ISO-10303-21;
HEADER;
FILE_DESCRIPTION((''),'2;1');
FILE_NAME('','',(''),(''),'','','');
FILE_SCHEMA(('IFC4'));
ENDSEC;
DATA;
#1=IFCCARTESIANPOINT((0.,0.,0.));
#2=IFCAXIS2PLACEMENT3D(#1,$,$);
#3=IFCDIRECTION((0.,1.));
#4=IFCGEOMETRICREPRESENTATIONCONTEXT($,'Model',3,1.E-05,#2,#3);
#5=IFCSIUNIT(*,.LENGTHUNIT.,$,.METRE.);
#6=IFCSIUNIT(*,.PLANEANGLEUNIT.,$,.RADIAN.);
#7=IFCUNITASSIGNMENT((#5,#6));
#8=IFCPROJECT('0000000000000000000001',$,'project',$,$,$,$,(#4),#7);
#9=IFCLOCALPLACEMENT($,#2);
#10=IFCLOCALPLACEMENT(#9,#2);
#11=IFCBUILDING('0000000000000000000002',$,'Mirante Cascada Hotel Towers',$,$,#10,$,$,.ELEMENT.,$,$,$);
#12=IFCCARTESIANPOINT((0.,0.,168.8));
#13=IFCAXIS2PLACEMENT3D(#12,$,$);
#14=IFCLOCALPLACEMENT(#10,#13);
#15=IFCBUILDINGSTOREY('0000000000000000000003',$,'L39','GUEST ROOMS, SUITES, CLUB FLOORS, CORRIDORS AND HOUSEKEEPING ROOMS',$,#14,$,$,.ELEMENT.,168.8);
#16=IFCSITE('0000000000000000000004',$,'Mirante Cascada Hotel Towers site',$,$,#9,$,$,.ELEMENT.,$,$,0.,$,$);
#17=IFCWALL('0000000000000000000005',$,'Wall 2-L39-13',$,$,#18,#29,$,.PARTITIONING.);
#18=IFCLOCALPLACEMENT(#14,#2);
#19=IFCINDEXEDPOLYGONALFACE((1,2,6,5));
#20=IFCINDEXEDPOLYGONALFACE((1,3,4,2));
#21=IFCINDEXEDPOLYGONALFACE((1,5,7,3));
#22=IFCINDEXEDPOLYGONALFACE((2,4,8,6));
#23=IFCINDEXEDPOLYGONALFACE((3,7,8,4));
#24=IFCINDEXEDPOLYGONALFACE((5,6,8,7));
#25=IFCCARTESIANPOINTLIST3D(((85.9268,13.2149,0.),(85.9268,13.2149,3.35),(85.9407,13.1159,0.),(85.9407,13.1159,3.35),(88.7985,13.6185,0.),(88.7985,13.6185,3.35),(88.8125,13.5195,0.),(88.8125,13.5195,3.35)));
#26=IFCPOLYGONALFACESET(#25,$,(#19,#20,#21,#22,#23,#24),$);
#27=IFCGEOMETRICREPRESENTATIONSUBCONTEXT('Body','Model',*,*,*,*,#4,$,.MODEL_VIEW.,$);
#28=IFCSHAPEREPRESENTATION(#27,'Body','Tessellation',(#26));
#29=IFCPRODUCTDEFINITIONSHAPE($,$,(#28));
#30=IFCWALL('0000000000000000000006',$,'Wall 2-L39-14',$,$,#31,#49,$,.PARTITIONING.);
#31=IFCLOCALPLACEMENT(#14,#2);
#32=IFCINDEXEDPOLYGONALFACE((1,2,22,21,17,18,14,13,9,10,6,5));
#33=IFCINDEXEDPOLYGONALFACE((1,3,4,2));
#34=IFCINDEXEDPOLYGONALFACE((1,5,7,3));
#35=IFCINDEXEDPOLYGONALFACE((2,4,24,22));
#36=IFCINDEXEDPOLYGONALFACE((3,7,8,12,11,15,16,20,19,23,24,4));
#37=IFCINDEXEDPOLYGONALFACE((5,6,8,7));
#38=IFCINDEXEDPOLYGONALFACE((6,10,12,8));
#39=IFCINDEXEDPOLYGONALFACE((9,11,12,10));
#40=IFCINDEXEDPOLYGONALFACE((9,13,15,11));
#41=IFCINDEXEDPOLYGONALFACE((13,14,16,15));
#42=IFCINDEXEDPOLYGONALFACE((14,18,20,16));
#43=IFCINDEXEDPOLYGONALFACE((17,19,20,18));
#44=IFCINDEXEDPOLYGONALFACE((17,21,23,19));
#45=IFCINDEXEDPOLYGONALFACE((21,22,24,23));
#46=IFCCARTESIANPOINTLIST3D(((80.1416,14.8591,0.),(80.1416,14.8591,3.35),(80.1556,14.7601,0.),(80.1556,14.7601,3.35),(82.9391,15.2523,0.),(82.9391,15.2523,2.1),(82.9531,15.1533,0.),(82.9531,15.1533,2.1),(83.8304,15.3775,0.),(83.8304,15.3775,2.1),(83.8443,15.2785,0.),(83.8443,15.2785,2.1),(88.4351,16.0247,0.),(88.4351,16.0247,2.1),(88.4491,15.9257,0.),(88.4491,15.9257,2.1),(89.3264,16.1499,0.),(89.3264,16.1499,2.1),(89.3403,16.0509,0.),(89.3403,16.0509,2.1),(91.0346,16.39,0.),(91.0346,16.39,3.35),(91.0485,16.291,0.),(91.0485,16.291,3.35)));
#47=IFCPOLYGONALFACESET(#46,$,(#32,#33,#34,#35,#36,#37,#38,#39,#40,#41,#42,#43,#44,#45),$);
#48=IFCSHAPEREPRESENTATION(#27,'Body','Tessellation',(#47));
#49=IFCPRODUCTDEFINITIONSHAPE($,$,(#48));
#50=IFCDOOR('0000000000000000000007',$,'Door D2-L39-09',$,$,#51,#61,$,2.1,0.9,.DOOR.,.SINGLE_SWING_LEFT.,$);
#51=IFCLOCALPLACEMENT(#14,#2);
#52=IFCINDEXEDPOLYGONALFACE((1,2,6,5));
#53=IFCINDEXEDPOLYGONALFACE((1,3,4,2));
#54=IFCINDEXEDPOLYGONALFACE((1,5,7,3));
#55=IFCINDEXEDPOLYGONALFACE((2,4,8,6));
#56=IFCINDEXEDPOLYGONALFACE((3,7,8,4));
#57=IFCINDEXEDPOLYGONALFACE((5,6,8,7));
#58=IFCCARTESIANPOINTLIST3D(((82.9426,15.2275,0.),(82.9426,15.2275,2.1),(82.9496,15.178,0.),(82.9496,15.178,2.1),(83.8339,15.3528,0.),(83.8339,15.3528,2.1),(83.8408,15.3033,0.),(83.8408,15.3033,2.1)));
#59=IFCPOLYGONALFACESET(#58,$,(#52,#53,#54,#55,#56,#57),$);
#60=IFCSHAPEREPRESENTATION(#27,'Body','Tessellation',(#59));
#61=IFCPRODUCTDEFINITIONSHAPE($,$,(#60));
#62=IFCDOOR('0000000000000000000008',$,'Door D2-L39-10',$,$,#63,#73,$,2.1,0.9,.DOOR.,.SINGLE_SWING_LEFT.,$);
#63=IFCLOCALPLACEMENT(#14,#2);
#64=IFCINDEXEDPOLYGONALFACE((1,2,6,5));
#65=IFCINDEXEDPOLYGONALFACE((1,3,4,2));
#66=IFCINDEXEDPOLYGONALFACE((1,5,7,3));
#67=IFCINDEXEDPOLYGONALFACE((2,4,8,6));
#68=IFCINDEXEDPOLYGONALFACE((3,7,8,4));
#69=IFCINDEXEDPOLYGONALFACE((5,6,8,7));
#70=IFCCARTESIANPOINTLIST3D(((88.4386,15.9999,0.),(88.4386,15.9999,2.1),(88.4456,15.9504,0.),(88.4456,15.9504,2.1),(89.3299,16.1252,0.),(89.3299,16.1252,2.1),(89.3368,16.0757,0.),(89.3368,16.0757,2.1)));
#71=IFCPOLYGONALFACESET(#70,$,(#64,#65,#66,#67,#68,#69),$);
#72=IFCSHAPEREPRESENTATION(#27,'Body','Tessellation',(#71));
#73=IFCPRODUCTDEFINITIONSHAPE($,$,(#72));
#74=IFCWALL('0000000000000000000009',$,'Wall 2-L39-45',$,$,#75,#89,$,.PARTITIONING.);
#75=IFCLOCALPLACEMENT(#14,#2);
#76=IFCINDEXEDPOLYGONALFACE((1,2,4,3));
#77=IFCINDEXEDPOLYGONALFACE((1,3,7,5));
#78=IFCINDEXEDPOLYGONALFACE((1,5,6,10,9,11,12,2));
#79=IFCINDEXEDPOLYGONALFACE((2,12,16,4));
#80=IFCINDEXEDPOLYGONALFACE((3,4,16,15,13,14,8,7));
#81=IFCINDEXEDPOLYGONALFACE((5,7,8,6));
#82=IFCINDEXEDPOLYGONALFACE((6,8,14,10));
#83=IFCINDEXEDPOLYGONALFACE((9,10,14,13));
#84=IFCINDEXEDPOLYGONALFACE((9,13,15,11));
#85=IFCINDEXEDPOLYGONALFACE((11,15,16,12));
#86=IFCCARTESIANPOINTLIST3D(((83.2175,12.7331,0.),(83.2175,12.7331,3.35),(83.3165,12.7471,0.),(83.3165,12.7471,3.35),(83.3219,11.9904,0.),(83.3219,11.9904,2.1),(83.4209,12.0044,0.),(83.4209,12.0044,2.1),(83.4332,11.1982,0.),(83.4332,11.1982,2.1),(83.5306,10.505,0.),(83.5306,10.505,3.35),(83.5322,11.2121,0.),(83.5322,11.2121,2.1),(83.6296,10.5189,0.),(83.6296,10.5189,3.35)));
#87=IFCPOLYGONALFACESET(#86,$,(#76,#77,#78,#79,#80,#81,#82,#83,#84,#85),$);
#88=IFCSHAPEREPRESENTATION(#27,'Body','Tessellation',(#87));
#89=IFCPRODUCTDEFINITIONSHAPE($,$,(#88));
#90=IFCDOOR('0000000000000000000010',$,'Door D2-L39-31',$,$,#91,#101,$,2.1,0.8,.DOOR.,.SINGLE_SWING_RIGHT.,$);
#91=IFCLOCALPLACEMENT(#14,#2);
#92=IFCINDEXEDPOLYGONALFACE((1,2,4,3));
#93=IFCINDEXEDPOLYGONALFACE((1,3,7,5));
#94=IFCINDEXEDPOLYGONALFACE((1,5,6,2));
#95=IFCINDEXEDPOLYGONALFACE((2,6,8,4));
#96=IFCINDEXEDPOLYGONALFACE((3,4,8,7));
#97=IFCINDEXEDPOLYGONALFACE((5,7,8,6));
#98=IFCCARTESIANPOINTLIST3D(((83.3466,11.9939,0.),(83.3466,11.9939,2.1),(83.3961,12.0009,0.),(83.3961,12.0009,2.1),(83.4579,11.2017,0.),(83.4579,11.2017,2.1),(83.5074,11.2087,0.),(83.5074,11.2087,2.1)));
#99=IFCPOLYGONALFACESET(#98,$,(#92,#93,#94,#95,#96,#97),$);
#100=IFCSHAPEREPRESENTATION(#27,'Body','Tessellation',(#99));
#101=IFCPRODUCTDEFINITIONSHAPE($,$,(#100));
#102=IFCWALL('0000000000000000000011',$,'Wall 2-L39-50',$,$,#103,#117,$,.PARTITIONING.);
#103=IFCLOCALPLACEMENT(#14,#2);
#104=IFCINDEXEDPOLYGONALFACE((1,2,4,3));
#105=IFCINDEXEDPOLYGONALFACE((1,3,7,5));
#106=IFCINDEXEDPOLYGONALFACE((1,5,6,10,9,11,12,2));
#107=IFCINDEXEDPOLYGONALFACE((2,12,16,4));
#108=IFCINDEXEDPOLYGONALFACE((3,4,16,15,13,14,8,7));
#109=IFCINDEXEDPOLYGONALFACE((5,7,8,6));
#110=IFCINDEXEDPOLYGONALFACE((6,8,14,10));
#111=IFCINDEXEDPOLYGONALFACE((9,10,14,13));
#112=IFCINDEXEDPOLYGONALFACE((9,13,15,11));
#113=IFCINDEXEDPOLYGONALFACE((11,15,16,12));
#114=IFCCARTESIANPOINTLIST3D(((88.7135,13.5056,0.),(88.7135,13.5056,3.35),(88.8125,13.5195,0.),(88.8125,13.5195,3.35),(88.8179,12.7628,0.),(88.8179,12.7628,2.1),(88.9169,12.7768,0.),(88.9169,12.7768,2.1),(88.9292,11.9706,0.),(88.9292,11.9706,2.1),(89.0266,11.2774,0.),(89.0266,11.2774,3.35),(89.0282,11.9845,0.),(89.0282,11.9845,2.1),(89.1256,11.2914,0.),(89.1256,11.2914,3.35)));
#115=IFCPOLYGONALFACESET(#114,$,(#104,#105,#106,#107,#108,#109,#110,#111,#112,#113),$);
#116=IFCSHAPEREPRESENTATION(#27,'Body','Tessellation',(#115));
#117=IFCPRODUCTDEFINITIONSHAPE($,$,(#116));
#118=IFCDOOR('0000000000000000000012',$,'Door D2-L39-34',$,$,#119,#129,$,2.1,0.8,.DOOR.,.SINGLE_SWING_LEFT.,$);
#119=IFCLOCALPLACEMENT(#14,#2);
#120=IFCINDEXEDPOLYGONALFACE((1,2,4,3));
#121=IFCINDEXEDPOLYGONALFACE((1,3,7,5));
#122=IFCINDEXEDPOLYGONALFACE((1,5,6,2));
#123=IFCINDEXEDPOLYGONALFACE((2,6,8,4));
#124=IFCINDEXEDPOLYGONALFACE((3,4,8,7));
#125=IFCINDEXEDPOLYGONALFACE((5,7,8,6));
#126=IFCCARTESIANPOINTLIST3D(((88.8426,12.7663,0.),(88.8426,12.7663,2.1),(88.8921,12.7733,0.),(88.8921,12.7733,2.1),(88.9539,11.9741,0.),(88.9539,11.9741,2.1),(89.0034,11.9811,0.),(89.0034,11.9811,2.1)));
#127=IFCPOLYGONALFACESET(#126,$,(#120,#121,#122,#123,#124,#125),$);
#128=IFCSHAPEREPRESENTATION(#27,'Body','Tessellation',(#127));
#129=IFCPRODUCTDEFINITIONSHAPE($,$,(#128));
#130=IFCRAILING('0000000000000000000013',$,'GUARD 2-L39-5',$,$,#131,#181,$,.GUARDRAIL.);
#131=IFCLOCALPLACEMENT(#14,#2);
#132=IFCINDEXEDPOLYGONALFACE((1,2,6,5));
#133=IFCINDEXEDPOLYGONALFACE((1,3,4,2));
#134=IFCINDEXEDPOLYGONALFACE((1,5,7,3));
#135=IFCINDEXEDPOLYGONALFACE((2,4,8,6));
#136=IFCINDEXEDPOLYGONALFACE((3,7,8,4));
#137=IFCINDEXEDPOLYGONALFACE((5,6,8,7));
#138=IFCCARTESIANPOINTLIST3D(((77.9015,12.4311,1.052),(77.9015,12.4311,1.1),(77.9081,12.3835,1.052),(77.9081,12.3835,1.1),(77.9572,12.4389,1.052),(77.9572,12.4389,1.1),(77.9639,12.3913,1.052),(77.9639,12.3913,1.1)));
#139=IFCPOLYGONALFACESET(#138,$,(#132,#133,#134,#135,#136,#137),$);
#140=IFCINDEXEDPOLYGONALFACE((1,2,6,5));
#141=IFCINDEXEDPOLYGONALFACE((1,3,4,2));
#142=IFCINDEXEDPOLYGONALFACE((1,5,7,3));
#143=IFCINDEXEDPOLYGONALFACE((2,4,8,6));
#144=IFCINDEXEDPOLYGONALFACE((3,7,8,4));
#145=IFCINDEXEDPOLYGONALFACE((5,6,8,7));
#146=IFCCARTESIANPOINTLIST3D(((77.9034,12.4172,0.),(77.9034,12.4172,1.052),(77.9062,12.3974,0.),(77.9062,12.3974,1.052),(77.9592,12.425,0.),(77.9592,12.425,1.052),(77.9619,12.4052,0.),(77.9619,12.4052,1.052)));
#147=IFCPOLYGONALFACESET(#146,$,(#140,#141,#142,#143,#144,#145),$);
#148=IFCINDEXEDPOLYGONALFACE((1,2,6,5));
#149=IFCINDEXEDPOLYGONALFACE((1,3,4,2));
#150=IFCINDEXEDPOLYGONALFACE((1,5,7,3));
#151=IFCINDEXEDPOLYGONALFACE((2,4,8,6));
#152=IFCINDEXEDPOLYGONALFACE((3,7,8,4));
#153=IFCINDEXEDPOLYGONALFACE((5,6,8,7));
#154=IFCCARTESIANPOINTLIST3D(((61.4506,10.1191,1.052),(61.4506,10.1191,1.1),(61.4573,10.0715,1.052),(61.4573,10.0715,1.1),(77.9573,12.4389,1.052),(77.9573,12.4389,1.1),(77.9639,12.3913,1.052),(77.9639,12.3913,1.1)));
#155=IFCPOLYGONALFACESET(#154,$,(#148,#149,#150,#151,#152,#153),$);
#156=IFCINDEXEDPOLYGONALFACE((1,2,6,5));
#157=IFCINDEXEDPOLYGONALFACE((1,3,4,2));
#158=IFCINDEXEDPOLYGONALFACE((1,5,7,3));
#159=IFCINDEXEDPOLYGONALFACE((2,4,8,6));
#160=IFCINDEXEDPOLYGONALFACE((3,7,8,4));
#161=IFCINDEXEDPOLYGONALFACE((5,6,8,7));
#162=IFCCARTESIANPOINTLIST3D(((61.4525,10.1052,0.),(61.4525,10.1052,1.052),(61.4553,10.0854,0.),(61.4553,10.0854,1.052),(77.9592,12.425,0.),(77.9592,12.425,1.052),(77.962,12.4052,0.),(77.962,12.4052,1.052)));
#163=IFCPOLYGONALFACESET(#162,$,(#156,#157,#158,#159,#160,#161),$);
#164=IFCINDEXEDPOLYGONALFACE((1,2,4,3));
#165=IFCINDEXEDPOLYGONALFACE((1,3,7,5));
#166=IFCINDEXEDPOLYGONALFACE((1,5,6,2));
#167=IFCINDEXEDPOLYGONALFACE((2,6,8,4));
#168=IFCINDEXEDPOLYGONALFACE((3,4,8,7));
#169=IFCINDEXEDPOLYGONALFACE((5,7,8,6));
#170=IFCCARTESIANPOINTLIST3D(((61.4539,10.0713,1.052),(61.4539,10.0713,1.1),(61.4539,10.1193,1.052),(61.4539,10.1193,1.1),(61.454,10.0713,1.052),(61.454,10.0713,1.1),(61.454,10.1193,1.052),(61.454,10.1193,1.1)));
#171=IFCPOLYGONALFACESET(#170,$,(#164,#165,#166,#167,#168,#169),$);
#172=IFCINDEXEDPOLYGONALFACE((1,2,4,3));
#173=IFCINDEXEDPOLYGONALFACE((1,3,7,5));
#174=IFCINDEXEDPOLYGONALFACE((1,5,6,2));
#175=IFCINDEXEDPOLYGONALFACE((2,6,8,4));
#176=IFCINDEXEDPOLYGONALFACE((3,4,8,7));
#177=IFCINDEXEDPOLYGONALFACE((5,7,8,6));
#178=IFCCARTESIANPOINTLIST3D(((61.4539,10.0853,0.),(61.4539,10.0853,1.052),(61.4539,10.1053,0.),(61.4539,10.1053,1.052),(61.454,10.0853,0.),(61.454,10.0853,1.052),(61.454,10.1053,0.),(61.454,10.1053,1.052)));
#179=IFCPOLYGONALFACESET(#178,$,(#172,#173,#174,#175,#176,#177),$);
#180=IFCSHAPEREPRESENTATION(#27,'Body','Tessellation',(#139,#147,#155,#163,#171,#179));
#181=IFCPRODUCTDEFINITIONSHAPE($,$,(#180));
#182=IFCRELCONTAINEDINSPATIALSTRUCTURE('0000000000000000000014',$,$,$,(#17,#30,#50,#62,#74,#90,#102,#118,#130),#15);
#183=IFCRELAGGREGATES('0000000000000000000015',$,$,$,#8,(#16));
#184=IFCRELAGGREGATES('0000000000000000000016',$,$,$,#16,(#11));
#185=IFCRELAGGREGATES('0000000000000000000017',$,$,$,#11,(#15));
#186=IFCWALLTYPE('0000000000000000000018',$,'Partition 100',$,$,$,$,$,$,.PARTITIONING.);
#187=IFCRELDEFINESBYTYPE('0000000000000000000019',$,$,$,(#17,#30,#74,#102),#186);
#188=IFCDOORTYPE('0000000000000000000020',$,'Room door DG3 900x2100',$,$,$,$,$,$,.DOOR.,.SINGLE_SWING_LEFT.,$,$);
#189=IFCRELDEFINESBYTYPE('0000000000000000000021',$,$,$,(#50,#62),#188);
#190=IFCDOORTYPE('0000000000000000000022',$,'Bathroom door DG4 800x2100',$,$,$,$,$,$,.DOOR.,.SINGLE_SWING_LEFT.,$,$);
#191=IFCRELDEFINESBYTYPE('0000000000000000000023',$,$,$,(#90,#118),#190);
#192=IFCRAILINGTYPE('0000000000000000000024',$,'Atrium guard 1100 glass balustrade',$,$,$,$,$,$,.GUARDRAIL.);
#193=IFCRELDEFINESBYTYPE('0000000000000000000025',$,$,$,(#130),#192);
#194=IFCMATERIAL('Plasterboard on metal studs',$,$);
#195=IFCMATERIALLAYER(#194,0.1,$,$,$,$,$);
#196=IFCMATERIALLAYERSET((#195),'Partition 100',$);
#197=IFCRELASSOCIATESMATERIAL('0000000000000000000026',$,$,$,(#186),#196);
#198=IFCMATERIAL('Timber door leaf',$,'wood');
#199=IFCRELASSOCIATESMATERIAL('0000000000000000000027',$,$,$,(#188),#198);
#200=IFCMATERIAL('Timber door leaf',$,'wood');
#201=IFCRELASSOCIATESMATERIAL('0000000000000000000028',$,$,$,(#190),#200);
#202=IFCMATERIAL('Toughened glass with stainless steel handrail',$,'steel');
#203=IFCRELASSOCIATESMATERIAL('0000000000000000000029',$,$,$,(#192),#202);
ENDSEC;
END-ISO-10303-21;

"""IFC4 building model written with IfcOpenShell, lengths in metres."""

from ifc_helpers import new_model, si_unit, direction, frame, frame_2d, origin, origin_2d, place, context, subcontext, project, spatial, rectangle, extrude, material, layer, layer_set, type_object, element, fill, save


model = new_model("IFC4")

# Units and contexts
model_context = context("Model", 3, precision=1e-05, world=origin(), true_north=direction((0.0, 1.0)))
body_context = subcontext(model_context, "Body", "Model", "MODEL_VIEW")
ifc_project = project(units=[si_unit("LENGTHUNIT", "METRE"), si_unit("PLANEANGLEUNIT", "RADIAN")], contexts=[model_context])

# Site, building, storey
site_placement = place(None, origin())
site = spatial("IfcSite", under=ifc_project, at=site_placement, Name="Mirante Cascada Hotel Towers site", CompositionType="ELEMENT", RefElevation=0.0)
building_placement = place(site_placement, origin())
building = spatial("IfcBuilding", under=site, at=building_placement, Name="Mirante Cascada Hotel Towers", CompositionType="ELEMENT")
storey_placement = place(building_placement, frame((0.0, 0.0, 168.8)))
storey = spatial("IfcBuildingStorey", under=building, at=storey_placement, Name="L39", Description="GUEST ROOMS, SUITES, CLUB FLOORS, CORRIDORS AND HOUSEKEEPING ROOMS", CompositionType="ELEMENT", Elevation=168.8)

# Wall
ifc_material_1 = material(Name="Plasterboard on metal studs")
ifc_layer_1 = layer(ifc_material_1, 0.1)
ifc_layer_set_1 = layer_set([ifc_layer_1], Name="Partition 100")
wall_type_1 = type_object("IfcWallType", Name="Partition 100", PredefinedType="PARTITIONING", material=ifc_layer_set_1)
wall_1_placement = place(storey_placement, frame((88.8055, 13.569, 0.0), z_axis=(0.0, 0.0, 1.0), x_axis=(-0.990268, -0.139171, 0.0)))
element("IfcWall", 1, at=wall_1_placement, inside=storey, type_object=wall_type_1, Name="Wall 2-L39-13", PredefinedType="PARTITIONING", context=body_context, shape_type="SweptSolid", body=[
    extrude(rectangle(XDim=2.9, YDim=0.1, at=frame_2d((1.45, 0.0))), origin(), (0.0, 0.0, 1.0), 3.35),
])

# Wall, openings, doors
wall_2_placement = place(storey_placement, frame((80.1486, 14.8096, 0.0), z_axis=(0.0, 0.0, 1.0), x_axis=(0.990268, 0.139173, 0.0)))
wall_2 = element("IfcWall", 2, at=wall_2_placement, inside=storey, type_object=wall_type_1, Name="Wall 2-L39-14", PredefinedType="PARTITIONING", context=body_context, shape_type="SweptSolid", body=[
    extrude(rectangle(XDim=11.0, YDim=0.1, at=frame_2d((5.5, 0.0))), origin(), (0.0, 0.0, 1.0), 3.35),
])
opening_1_placement = place(wall_2_placement, frame((2.825, 0.0, 0.0)))
opening_1 = element("IfcOpeningElement", 3, at=opening_1_placement, cuts=wall_2, PredefinedType="OPENING", context=body_context, shape_type="SweptSolid", body=[
    extrude(rectangle(XDim=0.9, YDim=2.1, at=frame_2d((0.45, 1.05))), frame((0.0, 0.05, 0.0), z_axis=(0.0, -1.0, 0.0), x_axis=(1.0, 0.0, 0.0)), (0.0, 0.0, 1.0), 0.1),
])
opening_2_placement = place(wall_2_placement, frame((8.375, 0.0, 0.0)))
opening_2 = element("IfcOpeningElement", 4, at=opening_2_placement, cuts=wall_2, PredefinedType="OPENING", context=body_context, shape_type="SweptSolid", body=[
    extrude(rectangle(XDim=0.9, YDim=2.1, at=frame_2d((0.45, 1.05))), frame((0.0, 0.05, 0.0), z_axis=(0.0, -1.0, 0.0), x_axis=(1.0, 0.0, 0.0)), (0.0, 0.0, 1.0), 0.1),
])
ifc_material_2 = material(Name="Timber door leaf", Category="wood")
door_type_1 = type_object("IfcDoorType", Name="Room door DG3 900x2100", OperationType="SINGLE_SWING_LEFT", PredefinedType="DOOR", material=ifc_material_2)
door_1_placement = place(opening_1_placement, origin())
door_1 = element("IfcDoor", 5, at=door_1_placement, inside=storey, type_object=door_type_1, Name="Door D2-L39-09", OperationType="SINGLE_SWING_LEFT", OverallHeight=2.1, OverallWidth=0.9, PredefinedType="DOOR", context=body_context, shape_type="SweptSolid", body=[
    extrude(rectangle(XDim=0.9, YDim=2.1, at=frame_2d((0.45, 1.05))), frame((0.0, 0.025, 0.0), z_axis=(0.0, -1.0, 0.0), x_axis=(1.0, 0.0, 0.0)), (0.0, 0.0, 1.0), 0.05),
])
fill(opening_1, door_1)
door_2_placement = place(opening_2_placement, origin())
door_2 = element("IfcDoor", 6, at=door_2_placement, inside=storey, type_object=door_type_1, Name="Door D2-L39-10", OperationType="SINGLE_SWING_LEFT", OverallHeight=2.1, OverallWidth=0.9, PredefinedType="DOOR", context=body_context, shape_type="SweptSolid", body=[
    extrude(rectangle(XDim=0.9, YDim=2.1, at=frame_2d((0.45, 1.05))), frame((0.0, 0.025, 0.0), z_axis=(0.0, -1.0, 0.0), x_axis=(1.0, 0.0, 0.0)), (0.0, 0.0, 1.0), 0.05),
])
fill(opening_2, door_2)

# Walls, openings, doors
wall_3_placement = place(storey_placement, frame((83.267, 12.7401, 0.0), z_axis=(0.0, 0.0, 1.0), x_axis=(0.139156, -0.990271, 0.0)))
wall_3 = element("IfcWall", 7, at=wall_3_placement, inside=storey, type_object=wall_type_1, Name="Wall 2-L39-45", PredefinedType="PARTITIONING", context=body_context, shape_type="SweptSolid", body=[
    extrude(rectangle(XDim=2.25, YDim=0.1, at=frame_2d((1.125, 0.0))), origin(), (0.0, 0.0, 1.0), 3.35),
])
opening_3_placement = place(wall_3_placement, frame((0.75, 0.0, 0.0)))
opening_3 = element("IfcOpeningElement", 8, at=opening_3_placement, cuts=wall_3, PredefinedType="OPENING", context=body_context, shape_type="SweptSolid", body=[
    extrude(rectangle(XDim=0.8, YDim=2.1, at=frame_2d((0.4, 1.05))), frame((0.0, 0.05, 0.0), z_axis=(0.0, -1.0, 0.0), x_axis=(1.0, 0.0, 0.0)), (0.0, 0.0, 1.0), 0.1),
])
ifc_material_3 = material(Name="Timber door leaf", Category="wood")
door_type_2 = type_object("IfcDoorType", Name="Bathroom door DG4 800x2100", OperationType="SINGLE_SWING_LEFT", PredefinedType="DOOR", material=ifc_material_3)
door_3_placement = place(opening_3_placement, frame((0.8, 0.0, 0.0), z_axis=(0.0, 0.0, 1.0), x_axis=(-1.0, 0.0, 0.0)))
door_3 = element("IfcDoor", 9, at=door_3_placement, inside=storey, type_object=door_type_2, Name="Door D2-L39-31", OperationType="SINGLE_SWING_RIGHT", OverallHeight=2.1, OverallWidth=0.8, PredefinedType="DOOR", context=body_context, shape_type="SweptSolid", body=[
    extrude(rectangle(XDim=0.8, YDim=2.1, at=frame_2d((0.4, 1.05))), frame((0.0, 0.025, 0.0), z_axis=(0.0, -1.0, 0.0), x_axis=(1.0, 0.0, 0.0)), (0.0, 0.0, 1.0), 0.05),
])
fill(opening_3, door_3)
wall_4_placement = place(storey_placement, frame((89.0761, 11.2844, 0.0), z_axis=(0.0, 0.0, 1.0), x_axis=(-0.139156, 0.990271, 0.0)))
wall_4 = element("IfcWall", 10, at=wall_4_placement, inside=storey, type_object=wall_type_1, Name="Wall 2-L39-50", PredefinedType="PARTITIONING", context=body_context, shape_type="SweptSolid", body=[
    extrude(rectangle(XDim=2.25, YDim=0.1, at=frame_2d((1.125, 0.0))), origin(), (0.0, 0.0, 1.0), 3.35),
])
opening_4_placement = place(wall_4_placement, frame((0.7, 0.0, 0.0)))
opening_4 = element("IfcOpeningElement", 11, at=opening_4_placement, cuts=wall_4, PredefinedType="OPENING", context=body_context, shape_type="SweptSolid", body=[
    extrude(rectangle(XDim=0.8, YDim=2.1, at=frame_2d((0.4, 1.05))), frame((0.0, 0.05, 0.0), z_axis=(0.0, -1.0, 0.0), x_axis=(1.0, 0.0, 0.0)), (0.0, 0.0, 1.0), 0.1),
])
door_4_placement = place(opening_4_placement, origin())
door_4 = element("IfcDoor", 12, at=door_4_placement, inside=storey, type_object=door_type_2, Name="Door D2-L39-34", OperationType="SINGLE_SWING_LEFT", OverallHeight=2.1, OverallWidth=0.8, PredefinedType="DOOR", context=body_context, shape_type="SweptSolid", body=[
    extrude(rectangle(XDim=0.8, YDim=2.1, at=frame_2d((0.4, 1.05))), frame((0.0, 0.025, 0.0), z_axis=(0.0, -1.0, 0.0), x_axis=(1.0, 0.0, 0.0)), (0.0, 0.0, 1.0), 0.05),
])
fill(opening_4, door_4)

# Railing
ifc_material_4 = material(Name="Toughened glass with stainless steel handrail", Category="steel")
railing_type = type_object("IfcRailingType", Name="Atrium guard 1100 glass balustrade", PredefinedType="GUARDRAIL", material=ifc_material_4)
railing_placement = place(storey_placement, frame((77.9048, 12.4073, 0.0)))
element("IfcRailing", 13, at=railing_placement, inside=storey, type_object=railing_type, Name="GUARD 2-L39-5", PredefinedType="GUARDRAIL", context=body_context, shape_type="SweptSolid", body=[
    extrude(rectangle(XDim=0.048, YDim=0.048, at=origin_2d()), frame((0.0, 0.0, 1.076), z_axis=(0.990371, 0.138439, 0.0), x_axis=(-0.138439, 0.990371, 0.0)), (0.0, 0.0, 1.0), 0.0563),
    extrude(rectangle(XDim=0.02, YDim=1.052, at=origin_2d()), frame((0.0, 0.0, 0.526), z_axis=(0.990371, 0.138439, 0.0), x_axis=(-0.138439, 0.990371, 0.0)), (0.0, 0.0, 1.0), 0.0563),
    extrude(rectangle(XDim=0.048, YDim=0.048, at=origin_2d()), frame((0.0558, 0.0078, 1.076), z_axis=(-0.990269, -0.139169, 0.0), x_axis=(0.139169, -0.990269, 0.0)), (0.0, 0.0, 1.0), 16.6689),
    extrude(rectangle(XDim=0.02, YDim=1.052, at=origin_2d()), frame((0.0558, 0.0078, 0.526), z_axis=(-0.990269, -0.139169, 0.0), x_axis=(0.139169, -0.990269, 0.0)), (0.0, 0.0, 1.0), 16.6689),
    extrude(rectangle(XDim=0.048, YDim=0.048, at=origin_2d()), frame((-16.4509, -2.312, 1.076), z_axis=(1.0, 0.0, 0.0), x_axis=(0.0, 1.0, 0.0)), (0.0, 0.0, 1.0), 0.0001),
    extrude(rectangle(XDim=0.02, YDim=1.052, at=origin_2d()), frame((-16.4509, -2.312, 0.526), z_axis=(1.0, 0.0, 0.0), x_axis=(0.0, 1.0, 0.0)), (0.0, 0.0, 1.0), 0.0001),
])

save(model, "model.ifc")
